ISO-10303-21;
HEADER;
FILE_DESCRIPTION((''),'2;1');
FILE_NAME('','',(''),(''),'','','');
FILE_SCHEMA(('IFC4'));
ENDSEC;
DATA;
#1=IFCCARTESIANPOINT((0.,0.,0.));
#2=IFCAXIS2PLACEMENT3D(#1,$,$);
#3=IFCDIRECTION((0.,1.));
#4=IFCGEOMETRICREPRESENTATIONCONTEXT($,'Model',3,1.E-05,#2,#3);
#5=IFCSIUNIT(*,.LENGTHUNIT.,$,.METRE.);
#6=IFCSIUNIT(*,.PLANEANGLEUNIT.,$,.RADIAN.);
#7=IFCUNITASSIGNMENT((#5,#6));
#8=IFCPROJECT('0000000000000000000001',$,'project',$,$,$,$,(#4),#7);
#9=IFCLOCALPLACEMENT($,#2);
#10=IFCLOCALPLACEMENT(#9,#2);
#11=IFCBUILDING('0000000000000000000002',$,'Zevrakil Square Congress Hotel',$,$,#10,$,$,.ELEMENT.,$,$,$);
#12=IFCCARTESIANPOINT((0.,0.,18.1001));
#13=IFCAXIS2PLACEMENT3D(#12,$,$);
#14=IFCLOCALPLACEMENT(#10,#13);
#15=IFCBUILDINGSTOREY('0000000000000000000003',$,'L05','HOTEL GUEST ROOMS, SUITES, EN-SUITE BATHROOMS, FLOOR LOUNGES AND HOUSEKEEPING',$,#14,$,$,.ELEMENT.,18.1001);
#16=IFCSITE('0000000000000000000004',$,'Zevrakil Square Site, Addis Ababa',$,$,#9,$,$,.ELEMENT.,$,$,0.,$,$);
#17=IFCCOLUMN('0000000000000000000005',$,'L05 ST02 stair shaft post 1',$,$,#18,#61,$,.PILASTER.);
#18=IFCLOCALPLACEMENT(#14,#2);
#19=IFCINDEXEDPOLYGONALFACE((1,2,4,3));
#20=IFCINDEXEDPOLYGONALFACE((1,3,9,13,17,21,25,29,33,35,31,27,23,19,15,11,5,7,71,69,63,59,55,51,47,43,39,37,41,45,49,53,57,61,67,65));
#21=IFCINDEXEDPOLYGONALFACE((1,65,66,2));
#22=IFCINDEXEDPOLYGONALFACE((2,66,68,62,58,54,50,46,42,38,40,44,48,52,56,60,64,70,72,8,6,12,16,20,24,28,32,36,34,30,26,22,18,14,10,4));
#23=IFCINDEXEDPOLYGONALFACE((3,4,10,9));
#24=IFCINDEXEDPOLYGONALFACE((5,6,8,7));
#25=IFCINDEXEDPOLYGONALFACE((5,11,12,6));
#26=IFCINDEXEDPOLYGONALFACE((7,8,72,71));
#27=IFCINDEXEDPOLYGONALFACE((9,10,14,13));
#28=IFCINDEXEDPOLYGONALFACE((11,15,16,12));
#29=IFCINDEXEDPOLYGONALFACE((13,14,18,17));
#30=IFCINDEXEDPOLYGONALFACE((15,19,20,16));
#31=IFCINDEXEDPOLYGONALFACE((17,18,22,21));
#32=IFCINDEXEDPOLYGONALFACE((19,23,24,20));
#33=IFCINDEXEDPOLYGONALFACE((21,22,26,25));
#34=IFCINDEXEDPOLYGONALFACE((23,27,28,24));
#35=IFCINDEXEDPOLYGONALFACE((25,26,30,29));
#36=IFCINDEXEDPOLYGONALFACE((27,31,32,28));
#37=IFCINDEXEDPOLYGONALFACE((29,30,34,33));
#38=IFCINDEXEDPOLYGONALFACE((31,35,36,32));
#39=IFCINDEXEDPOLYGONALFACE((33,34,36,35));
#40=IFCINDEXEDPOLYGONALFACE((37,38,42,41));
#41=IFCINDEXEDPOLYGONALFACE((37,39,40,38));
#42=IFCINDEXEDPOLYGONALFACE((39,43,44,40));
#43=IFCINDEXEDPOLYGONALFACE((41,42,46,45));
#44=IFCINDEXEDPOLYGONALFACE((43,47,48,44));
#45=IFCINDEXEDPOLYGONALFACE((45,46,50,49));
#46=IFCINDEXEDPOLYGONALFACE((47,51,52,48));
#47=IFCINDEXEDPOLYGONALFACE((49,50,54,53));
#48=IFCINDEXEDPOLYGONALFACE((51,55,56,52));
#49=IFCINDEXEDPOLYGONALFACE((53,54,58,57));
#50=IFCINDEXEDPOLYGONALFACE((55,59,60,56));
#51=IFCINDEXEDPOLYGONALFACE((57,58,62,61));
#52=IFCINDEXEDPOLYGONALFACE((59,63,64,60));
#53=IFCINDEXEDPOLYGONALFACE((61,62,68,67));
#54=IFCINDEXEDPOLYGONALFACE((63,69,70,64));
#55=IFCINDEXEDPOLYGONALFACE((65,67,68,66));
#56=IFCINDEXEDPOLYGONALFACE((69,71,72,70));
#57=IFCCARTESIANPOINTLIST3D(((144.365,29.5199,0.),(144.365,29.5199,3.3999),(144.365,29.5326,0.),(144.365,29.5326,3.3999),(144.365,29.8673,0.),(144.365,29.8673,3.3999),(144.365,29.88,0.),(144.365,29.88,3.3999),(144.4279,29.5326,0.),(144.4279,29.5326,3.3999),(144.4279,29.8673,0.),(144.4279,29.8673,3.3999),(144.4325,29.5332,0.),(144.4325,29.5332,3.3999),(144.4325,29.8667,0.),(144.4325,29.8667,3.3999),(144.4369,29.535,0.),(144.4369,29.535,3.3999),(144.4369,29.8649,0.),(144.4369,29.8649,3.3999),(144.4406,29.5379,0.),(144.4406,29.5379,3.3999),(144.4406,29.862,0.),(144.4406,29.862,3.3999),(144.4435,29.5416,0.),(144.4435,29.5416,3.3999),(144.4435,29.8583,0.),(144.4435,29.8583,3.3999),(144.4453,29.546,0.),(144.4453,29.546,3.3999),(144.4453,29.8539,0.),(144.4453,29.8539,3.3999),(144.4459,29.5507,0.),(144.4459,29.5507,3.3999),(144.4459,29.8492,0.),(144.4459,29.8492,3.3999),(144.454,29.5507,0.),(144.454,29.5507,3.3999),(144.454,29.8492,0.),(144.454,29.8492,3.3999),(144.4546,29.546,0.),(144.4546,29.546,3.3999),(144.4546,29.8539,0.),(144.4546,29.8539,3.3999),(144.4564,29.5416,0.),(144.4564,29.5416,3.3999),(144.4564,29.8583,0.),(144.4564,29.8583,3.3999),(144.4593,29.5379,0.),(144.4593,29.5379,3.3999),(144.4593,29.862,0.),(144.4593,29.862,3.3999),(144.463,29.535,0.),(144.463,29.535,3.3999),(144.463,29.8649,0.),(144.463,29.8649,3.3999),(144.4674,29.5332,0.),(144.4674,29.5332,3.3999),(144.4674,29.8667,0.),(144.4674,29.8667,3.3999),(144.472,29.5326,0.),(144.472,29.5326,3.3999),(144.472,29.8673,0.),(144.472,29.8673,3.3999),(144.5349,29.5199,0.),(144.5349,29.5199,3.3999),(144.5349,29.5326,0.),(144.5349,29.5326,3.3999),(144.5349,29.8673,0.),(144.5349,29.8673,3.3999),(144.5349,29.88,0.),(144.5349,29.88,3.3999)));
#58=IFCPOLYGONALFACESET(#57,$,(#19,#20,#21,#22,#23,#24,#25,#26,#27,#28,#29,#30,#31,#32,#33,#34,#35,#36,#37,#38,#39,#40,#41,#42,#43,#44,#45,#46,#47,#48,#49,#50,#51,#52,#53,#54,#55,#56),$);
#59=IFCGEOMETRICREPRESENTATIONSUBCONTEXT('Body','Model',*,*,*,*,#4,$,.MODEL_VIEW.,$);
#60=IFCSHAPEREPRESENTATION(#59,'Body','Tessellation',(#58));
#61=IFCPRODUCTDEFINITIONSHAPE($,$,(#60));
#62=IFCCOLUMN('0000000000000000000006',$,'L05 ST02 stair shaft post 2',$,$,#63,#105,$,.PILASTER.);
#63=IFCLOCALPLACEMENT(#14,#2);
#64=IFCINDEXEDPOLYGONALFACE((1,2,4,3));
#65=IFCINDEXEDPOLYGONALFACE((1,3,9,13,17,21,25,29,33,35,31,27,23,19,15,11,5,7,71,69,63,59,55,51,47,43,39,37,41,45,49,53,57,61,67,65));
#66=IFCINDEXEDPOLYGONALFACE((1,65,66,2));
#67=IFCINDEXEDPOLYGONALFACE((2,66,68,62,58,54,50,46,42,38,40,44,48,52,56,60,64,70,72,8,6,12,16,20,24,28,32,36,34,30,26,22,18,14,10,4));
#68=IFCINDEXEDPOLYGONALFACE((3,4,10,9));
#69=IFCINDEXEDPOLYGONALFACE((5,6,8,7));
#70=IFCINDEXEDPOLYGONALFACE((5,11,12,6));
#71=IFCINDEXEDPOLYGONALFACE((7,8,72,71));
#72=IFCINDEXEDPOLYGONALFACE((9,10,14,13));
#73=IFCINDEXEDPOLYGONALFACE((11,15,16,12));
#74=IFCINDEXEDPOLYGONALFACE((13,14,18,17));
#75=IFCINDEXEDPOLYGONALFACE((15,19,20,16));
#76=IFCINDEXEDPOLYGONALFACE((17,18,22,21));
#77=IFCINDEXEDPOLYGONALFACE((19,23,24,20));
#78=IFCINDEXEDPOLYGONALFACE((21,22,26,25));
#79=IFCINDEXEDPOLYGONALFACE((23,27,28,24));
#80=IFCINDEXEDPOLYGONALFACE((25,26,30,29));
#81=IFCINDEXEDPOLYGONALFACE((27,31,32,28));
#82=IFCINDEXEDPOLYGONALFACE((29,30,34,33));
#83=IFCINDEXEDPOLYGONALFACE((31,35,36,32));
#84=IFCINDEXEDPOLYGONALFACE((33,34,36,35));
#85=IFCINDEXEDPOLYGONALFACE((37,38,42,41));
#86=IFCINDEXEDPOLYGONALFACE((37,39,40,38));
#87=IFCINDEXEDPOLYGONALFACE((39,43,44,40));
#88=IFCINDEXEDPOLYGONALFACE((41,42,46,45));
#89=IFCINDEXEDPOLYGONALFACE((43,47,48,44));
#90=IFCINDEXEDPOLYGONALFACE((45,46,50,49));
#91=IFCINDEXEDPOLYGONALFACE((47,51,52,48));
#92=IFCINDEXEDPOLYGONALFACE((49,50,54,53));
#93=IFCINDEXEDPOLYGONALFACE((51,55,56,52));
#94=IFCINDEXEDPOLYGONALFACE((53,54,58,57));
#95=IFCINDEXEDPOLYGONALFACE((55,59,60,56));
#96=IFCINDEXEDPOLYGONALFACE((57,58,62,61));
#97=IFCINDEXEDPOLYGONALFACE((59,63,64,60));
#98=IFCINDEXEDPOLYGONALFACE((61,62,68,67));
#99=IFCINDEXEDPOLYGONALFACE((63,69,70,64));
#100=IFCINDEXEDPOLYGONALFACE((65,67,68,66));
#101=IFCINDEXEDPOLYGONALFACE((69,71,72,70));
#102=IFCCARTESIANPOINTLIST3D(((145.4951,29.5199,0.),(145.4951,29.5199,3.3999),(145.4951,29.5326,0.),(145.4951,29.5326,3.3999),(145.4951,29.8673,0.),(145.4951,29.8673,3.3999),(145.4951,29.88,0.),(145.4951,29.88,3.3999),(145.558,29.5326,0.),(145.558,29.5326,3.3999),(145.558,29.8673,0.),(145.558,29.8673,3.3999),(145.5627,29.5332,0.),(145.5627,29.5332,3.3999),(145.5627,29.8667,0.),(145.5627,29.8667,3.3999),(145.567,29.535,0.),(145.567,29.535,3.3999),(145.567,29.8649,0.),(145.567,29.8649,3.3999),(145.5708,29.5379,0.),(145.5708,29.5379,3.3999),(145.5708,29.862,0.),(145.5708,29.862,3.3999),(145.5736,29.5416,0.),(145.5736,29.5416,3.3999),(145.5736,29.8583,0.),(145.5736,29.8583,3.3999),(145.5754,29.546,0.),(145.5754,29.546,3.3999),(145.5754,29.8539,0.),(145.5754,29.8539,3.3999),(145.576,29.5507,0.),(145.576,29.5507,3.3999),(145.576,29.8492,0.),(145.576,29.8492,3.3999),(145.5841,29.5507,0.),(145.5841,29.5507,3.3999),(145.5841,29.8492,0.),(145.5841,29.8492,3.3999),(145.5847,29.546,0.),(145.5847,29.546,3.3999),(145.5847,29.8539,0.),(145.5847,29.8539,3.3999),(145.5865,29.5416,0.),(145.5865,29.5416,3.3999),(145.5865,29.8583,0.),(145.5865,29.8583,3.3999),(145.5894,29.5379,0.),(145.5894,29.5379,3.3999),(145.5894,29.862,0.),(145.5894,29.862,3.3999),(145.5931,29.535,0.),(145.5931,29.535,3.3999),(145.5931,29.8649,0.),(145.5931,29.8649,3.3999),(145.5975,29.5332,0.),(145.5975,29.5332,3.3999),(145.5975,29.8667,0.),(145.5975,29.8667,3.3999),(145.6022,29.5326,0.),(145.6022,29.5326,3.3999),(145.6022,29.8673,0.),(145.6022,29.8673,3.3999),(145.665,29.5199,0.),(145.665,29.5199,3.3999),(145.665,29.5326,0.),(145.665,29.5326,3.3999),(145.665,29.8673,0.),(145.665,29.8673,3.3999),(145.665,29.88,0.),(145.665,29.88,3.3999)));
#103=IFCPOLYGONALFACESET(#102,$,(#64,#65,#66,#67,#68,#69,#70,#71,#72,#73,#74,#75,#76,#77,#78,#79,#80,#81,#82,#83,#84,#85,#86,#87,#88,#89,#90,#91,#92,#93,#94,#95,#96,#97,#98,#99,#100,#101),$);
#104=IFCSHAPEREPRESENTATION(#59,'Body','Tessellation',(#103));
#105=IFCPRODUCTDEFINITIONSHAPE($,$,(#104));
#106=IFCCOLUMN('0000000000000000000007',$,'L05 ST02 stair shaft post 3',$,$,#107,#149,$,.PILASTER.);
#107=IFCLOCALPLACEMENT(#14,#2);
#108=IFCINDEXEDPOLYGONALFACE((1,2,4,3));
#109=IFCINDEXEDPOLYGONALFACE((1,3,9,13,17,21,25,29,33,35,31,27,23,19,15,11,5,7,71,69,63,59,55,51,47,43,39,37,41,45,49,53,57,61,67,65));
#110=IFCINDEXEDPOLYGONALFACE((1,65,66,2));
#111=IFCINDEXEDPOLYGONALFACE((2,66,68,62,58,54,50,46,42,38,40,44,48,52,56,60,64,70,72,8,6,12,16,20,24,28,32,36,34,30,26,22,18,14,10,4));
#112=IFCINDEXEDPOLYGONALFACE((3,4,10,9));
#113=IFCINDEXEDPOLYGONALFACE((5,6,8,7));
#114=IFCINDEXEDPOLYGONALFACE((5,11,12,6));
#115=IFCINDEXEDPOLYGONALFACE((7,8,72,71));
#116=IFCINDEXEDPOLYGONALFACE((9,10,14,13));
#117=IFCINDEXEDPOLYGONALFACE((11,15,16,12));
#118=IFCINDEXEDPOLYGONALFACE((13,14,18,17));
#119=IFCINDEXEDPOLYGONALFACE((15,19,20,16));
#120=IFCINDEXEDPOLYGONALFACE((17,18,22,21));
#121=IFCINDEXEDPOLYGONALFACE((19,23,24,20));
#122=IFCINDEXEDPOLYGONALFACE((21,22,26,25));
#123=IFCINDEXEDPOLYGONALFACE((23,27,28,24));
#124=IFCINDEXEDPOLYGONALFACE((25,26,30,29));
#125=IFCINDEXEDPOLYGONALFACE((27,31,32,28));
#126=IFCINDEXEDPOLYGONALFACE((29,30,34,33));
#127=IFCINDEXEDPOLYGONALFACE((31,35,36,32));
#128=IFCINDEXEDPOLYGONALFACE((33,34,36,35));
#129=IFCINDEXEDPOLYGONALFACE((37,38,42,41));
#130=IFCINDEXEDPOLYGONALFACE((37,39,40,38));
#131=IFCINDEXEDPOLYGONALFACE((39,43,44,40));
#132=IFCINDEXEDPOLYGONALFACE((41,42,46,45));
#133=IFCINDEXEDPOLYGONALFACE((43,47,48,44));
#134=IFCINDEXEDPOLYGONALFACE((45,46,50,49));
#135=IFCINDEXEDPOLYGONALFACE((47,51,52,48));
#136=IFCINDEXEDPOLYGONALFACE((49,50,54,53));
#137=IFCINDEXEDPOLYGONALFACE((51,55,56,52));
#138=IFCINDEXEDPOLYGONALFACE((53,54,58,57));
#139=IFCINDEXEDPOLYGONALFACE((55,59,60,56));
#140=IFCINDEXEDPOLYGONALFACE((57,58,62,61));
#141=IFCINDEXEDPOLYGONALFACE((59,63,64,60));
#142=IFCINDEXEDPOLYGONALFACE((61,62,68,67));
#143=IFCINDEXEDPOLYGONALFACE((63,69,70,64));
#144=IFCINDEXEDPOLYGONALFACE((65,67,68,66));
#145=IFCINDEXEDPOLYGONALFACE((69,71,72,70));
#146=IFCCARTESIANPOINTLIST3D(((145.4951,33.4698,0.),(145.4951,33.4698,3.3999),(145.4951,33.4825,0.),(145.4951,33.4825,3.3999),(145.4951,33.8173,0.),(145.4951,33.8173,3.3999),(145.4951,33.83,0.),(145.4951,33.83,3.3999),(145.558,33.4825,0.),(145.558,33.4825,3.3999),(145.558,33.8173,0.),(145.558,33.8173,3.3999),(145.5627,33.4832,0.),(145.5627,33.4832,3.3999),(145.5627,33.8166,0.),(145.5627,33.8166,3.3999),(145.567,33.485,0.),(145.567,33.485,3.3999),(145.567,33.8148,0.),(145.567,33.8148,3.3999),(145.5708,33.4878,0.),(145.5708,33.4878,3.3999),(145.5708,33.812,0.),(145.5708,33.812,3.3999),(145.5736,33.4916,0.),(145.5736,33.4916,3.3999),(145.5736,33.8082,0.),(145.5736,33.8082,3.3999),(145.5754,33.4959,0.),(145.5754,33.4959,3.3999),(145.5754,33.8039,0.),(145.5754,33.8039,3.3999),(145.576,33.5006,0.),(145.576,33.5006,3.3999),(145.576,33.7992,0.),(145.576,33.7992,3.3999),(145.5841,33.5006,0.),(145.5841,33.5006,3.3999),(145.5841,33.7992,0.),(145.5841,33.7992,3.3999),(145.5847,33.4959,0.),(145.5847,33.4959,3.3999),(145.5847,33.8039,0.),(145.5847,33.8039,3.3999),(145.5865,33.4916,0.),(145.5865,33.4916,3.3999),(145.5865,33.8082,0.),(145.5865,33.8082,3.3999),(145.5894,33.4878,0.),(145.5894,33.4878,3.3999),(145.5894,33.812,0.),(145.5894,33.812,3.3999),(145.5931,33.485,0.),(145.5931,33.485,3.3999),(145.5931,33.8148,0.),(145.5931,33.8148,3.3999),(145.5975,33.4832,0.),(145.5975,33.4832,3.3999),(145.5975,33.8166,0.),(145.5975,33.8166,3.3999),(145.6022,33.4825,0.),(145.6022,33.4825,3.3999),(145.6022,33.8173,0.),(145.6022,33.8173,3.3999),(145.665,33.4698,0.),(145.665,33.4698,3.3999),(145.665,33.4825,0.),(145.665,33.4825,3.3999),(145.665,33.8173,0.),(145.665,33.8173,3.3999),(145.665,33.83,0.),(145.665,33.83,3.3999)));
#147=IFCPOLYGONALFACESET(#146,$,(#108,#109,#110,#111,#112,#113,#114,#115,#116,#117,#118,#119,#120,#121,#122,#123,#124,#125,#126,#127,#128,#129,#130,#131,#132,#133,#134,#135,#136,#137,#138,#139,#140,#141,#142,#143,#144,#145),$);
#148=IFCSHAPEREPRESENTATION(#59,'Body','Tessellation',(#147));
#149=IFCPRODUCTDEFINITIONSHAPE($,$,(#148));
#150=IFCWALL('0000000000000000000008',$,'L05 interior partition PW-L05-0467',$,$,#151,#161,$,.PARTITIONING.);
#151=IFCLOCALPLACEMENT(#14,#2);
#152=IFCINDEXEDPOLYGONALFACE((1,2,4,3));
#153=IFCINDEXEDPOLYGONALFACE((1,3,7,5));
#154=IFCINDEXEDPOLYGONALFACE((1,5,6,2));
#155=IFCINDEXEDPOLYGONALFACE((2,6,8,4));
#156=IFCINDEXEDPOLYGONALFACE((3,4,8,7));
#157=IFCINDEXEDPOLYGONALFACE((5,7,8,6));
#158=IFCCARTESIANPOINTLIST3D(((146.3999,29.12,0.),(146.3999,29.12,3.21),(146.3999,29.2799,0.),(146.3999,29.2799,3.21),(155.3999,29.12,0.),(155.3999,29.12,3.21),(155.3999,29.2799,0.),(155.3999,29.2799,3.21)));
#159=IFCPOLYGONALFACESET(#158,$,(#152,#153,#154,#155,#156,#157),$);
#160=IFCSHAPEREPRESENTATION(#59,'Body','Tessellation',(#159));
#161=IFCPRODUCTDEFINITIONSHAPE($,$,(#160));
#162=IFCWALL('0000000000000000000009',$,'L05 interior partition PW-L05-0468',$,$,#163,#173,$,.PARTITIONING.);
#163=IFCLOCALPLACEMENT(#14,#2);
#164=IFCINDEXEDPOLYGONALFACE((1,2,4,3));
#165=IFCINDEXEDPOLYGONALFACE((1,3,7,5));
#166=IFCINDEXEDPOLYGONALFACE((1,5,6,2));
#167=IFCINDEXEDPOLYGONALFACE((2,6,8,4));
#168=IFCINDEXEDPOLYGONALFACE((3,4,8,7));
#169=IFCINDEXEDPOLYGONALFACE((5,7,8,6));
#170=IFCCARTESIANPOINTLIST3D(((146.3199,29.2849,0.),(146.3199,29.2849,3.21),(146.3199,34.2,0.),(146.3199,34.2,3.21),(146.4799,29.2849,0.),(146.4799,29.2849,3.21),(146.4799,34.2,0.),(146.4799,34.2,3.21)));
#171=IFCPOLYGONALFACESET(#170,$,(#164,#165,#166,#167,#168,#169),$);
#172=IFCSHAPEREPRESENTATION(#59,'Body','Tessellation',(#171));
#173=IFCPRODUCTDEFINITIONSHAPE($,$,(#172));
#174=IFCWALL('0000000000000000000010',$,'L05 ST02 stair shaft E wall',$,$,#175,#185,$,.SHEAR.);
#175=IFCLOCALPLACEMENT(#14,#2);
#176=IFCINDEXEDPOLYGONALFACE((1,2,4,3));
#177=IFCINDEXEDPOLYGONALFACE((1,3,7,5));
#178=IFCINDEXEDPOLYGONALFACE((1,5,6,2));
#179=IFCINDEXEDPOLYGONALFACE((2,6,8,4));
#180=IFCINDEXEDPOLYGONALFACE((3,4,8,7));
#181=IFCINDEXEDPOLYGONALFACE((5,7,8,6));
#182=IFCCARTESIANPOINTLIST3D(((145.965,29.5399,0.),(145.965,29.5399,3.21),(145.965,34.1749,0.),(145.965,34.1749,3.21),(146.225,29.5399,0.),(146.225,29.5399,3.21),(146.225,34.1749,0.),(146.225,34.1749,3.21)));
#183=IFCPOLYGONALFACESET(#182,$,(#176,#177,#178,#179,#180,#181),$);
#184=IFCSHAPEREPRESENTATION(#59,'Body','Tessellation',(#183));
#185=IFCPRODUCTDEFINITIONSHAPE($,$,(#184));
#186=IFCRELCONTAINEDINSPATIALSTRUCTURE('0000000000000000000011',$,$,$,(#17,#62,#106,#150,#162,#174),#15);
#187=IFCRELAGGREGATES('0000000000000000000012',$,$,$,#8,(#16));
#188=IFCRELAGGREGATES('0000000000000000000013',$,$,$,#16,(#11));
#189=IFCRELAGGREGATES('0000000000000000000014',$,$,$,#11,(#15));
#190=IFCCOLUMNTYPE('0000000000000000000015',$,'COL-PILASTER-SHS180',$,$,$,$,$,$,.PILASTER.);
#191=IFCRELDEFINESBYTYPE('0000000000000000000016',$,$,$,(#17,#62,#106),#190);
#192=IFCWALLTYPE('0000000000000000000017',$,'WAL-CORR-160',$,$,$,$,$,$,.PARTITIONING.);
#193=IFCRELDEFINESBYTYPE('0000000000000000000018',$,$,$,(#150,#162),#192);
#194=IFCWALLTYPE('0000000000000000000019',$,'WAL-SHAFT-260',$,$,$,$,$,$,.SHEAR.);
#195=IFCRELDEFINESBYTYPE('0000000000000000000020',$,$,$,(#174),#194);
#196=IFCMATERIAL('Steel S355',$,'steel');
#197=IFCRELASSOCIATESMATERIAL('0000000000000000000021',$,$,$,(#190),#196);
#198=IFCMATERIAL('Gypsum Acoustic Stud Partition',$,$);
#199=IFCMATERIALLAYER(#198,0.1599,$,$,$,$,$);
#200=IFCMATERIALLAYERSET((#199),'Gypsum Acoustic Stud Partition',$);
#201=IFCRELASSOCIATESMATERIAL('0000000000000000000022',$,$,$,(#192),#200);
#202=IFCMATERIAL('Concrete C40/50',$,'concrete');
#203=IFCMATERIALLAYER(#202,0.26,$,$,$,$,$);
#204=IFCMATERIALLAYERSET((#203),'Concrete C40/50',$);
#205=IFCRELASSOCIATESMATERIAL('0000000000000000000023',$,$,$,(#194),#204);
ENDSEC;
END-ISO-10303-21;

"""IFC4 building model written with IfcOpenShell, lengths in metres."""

from ifc_helpers import new_model, si_unit, direction, frame, frame_2d, origin, origin_2d, place, context, subcontext, project, spatial, rectangle, i_section, extrude, material, layer, layer_set, material_profile, profile_set, type_object, element, save


model = new_model("IFC4")

# Units and contexts
model_context = context("Model", 3, precision=1e-05, world=origin(), true_north=direction((0.0, 1.0)))
body_context = subcontext(model_context, "Body", "Model", "MODEL_VIEW")
ifc_project = project(units=[si_unit("LENGTHUNIT", "METRE"), si_unit("PLANEANGLEUNIT", "RADIAN")], contexts=[model_context])

# Site, building, storey
site_placement = place(None, origin())
site = spatial("IfcSite", under=ifc_project, at=site_placement, Name="Zevrakil Square Site, Addis Ababa", CompositionType="ELEMENT", RefElevation=0.0)
building_placement = place(site_placement, origin())
building = spatial("IfcBuilding", under=site, at=building_placement, Name="Zevrakil Square Congress Hotel", CompositionType="ELEMENT")
storey_placement = place(building_placement, frame((0.0, 0.0, 18.1001)))
storey = spatial("IfcBuildingStorey", under=building, at=storey_placement, Name="L05", Description="HOTEL GUEST ROOMS, SUITES, EN-SUITE BATHROOMS, FLOOR LOUNGES AND HOUSEKEEPING", CompositionType="ELEMENT", Elevation=18.1001)

# Columns
ifc_material_1 = material(Name="Steel S355", Category="steel")
ifc_material_profile = material_profile(ifc_material_1, i_section(OverallWidth=0.1699, OverallDepth=0.3601, WebThickness=0.0081, FlangeThickness=0.0127, FilletRadius=0.0181, at=origin_2d()), Name="IPE 360")
ifc_profile_set = profile_set([ifc_material_profile], Name="Steel S355")
column_type = type_object("IfcColumnType", Name="COL-PILASTER-SHS180", PredefinedType="PILASTER", material=ifc_profile_set)
for number, where, z_axis, x_axis, name in (
    (1, (144.45, 29.7, 0.0), (0.0, 0.0, 1.0), (1.0, 0.0, 0.0), "L05 ST02 stair shaft post 1"),
    (2, (145.5801, 29.7, 0.0), (0.0, 0.0, 1.0), (1.0, 0.0, 0.0), "L05 ST02 stair shaft post 2"),
    (3, (145.5801, 33.6499, 0.0), (0.0, 0.0, 1.0), (1.0, 0.0, 0.0), "L05 ST02 stair shaft post 3"),
):
    element("IfcColumn", number, at=place(storey_placement, frame(where, z_axis=z_axis, x_axis=x_axis)), inside=storey, type_object=column_type, Name=name, PredefinedType="PILASTER", context=body_context, shape_type="SweptSolid", body=[
        extrude(i_section(OverallWidth=0.1699, OverallDepth=0.3601, WebThickness=0.0081, FlangeThickness=0.0127, FilletRadius=0.0181, at=origin_2d()), origin(), (0.0, 0.0, 1.0), 3.3999),
    ])

# Walls
ifc_material_2 = material(Name="Gypsum Acoustic Stud Partition")
ifc_layer_1 = layer(ifc_material_2, 0.1599)
ifc_layer_set_1 = layer_set([ifc_layer_1], Name="Gypsum Acoustic Stud Partition")
wall_type_1 = type_object("IfcWallType", Name="WAL-CORR-160", PredefinedType="PARTITIONING", material=ifc_layer_set_1)
wall_1_placement = place(storey_placement, frame((146.3999, 29.2, 0.0), z_axis=(0.0, 0.0, 1.0), x_axis=(1.0, 0.0, 0.0)))
element("IfcWall", 4, at=wall_1_placement, inside=storey, type_object=wall_type_1, Name="L05 interior partition PW-L05-0467", PredefinedType="PARTITIONING", context=body_context, shape_type="SweptSolid", body=[
    extrude(rectangle(XDim=9.0, YDim=0.1599, at=frame_2d((4.5, 0.0))), origin(), (0.0, 0.0, 1.0), 3.21),
])
wall_2_placement = place(storey_placement, frame((146.3999, 29.2849, 0.0), z_axis=(0.0, 0.0, 1.0), x_axis=(0.0, 1.0, 0.0)))
element("IfcWall", 5, at=wall_2_placement, inside=storey, type_object=wall_type_1, Name="L05 interior partition PW-L05-0468", PredefinedType="PARTITIONING", context=body_context, shape_type="SweptSolid", body=[
    extrude(rectangle(XDim=4.915, YDim=0.1599, at=frame_2d((2.4575, 0.0))), origin(), (0.0, 0.0, 1.0), 3.21),
])
ifc_material_3 = material(Name="Concrete C40/50", Category="concrete")
ifc_layer_2 = layer(ifc_material_3, 0.26)
ifc_layer_set_2 = layer_set([ifc_layer_2], Name="Concrete C40/50")
wall_type_2 = type_object("IfcWallType", Name="WAL-SHAFT-260", PredefinedType="SHEAR", material=ifc_layer_set_2)
wall_3_placement = place(storey_placement, frame((146.095, 29.54, 0.0), z_axis=(0.0, 0.0, 1.0), x_axis=(0.0, 1.0, 0.0)))
element("IfcWall", 6, at=wall_3_placement, inside=storey, type_object=wall_type_2, Name="L05 ST02 stair shaft E wall", PredefinedType="SHEAR", context=body_context, shape_type="SweptSolid", body=[
    extrude(rectangle(XDim=4.635, YDim=0.26, at=frame_2d((2.3174, 0.0))), origin(), (0.0, 0.0, 1.0), 3.21),
])

save(model, "model.ifc")
